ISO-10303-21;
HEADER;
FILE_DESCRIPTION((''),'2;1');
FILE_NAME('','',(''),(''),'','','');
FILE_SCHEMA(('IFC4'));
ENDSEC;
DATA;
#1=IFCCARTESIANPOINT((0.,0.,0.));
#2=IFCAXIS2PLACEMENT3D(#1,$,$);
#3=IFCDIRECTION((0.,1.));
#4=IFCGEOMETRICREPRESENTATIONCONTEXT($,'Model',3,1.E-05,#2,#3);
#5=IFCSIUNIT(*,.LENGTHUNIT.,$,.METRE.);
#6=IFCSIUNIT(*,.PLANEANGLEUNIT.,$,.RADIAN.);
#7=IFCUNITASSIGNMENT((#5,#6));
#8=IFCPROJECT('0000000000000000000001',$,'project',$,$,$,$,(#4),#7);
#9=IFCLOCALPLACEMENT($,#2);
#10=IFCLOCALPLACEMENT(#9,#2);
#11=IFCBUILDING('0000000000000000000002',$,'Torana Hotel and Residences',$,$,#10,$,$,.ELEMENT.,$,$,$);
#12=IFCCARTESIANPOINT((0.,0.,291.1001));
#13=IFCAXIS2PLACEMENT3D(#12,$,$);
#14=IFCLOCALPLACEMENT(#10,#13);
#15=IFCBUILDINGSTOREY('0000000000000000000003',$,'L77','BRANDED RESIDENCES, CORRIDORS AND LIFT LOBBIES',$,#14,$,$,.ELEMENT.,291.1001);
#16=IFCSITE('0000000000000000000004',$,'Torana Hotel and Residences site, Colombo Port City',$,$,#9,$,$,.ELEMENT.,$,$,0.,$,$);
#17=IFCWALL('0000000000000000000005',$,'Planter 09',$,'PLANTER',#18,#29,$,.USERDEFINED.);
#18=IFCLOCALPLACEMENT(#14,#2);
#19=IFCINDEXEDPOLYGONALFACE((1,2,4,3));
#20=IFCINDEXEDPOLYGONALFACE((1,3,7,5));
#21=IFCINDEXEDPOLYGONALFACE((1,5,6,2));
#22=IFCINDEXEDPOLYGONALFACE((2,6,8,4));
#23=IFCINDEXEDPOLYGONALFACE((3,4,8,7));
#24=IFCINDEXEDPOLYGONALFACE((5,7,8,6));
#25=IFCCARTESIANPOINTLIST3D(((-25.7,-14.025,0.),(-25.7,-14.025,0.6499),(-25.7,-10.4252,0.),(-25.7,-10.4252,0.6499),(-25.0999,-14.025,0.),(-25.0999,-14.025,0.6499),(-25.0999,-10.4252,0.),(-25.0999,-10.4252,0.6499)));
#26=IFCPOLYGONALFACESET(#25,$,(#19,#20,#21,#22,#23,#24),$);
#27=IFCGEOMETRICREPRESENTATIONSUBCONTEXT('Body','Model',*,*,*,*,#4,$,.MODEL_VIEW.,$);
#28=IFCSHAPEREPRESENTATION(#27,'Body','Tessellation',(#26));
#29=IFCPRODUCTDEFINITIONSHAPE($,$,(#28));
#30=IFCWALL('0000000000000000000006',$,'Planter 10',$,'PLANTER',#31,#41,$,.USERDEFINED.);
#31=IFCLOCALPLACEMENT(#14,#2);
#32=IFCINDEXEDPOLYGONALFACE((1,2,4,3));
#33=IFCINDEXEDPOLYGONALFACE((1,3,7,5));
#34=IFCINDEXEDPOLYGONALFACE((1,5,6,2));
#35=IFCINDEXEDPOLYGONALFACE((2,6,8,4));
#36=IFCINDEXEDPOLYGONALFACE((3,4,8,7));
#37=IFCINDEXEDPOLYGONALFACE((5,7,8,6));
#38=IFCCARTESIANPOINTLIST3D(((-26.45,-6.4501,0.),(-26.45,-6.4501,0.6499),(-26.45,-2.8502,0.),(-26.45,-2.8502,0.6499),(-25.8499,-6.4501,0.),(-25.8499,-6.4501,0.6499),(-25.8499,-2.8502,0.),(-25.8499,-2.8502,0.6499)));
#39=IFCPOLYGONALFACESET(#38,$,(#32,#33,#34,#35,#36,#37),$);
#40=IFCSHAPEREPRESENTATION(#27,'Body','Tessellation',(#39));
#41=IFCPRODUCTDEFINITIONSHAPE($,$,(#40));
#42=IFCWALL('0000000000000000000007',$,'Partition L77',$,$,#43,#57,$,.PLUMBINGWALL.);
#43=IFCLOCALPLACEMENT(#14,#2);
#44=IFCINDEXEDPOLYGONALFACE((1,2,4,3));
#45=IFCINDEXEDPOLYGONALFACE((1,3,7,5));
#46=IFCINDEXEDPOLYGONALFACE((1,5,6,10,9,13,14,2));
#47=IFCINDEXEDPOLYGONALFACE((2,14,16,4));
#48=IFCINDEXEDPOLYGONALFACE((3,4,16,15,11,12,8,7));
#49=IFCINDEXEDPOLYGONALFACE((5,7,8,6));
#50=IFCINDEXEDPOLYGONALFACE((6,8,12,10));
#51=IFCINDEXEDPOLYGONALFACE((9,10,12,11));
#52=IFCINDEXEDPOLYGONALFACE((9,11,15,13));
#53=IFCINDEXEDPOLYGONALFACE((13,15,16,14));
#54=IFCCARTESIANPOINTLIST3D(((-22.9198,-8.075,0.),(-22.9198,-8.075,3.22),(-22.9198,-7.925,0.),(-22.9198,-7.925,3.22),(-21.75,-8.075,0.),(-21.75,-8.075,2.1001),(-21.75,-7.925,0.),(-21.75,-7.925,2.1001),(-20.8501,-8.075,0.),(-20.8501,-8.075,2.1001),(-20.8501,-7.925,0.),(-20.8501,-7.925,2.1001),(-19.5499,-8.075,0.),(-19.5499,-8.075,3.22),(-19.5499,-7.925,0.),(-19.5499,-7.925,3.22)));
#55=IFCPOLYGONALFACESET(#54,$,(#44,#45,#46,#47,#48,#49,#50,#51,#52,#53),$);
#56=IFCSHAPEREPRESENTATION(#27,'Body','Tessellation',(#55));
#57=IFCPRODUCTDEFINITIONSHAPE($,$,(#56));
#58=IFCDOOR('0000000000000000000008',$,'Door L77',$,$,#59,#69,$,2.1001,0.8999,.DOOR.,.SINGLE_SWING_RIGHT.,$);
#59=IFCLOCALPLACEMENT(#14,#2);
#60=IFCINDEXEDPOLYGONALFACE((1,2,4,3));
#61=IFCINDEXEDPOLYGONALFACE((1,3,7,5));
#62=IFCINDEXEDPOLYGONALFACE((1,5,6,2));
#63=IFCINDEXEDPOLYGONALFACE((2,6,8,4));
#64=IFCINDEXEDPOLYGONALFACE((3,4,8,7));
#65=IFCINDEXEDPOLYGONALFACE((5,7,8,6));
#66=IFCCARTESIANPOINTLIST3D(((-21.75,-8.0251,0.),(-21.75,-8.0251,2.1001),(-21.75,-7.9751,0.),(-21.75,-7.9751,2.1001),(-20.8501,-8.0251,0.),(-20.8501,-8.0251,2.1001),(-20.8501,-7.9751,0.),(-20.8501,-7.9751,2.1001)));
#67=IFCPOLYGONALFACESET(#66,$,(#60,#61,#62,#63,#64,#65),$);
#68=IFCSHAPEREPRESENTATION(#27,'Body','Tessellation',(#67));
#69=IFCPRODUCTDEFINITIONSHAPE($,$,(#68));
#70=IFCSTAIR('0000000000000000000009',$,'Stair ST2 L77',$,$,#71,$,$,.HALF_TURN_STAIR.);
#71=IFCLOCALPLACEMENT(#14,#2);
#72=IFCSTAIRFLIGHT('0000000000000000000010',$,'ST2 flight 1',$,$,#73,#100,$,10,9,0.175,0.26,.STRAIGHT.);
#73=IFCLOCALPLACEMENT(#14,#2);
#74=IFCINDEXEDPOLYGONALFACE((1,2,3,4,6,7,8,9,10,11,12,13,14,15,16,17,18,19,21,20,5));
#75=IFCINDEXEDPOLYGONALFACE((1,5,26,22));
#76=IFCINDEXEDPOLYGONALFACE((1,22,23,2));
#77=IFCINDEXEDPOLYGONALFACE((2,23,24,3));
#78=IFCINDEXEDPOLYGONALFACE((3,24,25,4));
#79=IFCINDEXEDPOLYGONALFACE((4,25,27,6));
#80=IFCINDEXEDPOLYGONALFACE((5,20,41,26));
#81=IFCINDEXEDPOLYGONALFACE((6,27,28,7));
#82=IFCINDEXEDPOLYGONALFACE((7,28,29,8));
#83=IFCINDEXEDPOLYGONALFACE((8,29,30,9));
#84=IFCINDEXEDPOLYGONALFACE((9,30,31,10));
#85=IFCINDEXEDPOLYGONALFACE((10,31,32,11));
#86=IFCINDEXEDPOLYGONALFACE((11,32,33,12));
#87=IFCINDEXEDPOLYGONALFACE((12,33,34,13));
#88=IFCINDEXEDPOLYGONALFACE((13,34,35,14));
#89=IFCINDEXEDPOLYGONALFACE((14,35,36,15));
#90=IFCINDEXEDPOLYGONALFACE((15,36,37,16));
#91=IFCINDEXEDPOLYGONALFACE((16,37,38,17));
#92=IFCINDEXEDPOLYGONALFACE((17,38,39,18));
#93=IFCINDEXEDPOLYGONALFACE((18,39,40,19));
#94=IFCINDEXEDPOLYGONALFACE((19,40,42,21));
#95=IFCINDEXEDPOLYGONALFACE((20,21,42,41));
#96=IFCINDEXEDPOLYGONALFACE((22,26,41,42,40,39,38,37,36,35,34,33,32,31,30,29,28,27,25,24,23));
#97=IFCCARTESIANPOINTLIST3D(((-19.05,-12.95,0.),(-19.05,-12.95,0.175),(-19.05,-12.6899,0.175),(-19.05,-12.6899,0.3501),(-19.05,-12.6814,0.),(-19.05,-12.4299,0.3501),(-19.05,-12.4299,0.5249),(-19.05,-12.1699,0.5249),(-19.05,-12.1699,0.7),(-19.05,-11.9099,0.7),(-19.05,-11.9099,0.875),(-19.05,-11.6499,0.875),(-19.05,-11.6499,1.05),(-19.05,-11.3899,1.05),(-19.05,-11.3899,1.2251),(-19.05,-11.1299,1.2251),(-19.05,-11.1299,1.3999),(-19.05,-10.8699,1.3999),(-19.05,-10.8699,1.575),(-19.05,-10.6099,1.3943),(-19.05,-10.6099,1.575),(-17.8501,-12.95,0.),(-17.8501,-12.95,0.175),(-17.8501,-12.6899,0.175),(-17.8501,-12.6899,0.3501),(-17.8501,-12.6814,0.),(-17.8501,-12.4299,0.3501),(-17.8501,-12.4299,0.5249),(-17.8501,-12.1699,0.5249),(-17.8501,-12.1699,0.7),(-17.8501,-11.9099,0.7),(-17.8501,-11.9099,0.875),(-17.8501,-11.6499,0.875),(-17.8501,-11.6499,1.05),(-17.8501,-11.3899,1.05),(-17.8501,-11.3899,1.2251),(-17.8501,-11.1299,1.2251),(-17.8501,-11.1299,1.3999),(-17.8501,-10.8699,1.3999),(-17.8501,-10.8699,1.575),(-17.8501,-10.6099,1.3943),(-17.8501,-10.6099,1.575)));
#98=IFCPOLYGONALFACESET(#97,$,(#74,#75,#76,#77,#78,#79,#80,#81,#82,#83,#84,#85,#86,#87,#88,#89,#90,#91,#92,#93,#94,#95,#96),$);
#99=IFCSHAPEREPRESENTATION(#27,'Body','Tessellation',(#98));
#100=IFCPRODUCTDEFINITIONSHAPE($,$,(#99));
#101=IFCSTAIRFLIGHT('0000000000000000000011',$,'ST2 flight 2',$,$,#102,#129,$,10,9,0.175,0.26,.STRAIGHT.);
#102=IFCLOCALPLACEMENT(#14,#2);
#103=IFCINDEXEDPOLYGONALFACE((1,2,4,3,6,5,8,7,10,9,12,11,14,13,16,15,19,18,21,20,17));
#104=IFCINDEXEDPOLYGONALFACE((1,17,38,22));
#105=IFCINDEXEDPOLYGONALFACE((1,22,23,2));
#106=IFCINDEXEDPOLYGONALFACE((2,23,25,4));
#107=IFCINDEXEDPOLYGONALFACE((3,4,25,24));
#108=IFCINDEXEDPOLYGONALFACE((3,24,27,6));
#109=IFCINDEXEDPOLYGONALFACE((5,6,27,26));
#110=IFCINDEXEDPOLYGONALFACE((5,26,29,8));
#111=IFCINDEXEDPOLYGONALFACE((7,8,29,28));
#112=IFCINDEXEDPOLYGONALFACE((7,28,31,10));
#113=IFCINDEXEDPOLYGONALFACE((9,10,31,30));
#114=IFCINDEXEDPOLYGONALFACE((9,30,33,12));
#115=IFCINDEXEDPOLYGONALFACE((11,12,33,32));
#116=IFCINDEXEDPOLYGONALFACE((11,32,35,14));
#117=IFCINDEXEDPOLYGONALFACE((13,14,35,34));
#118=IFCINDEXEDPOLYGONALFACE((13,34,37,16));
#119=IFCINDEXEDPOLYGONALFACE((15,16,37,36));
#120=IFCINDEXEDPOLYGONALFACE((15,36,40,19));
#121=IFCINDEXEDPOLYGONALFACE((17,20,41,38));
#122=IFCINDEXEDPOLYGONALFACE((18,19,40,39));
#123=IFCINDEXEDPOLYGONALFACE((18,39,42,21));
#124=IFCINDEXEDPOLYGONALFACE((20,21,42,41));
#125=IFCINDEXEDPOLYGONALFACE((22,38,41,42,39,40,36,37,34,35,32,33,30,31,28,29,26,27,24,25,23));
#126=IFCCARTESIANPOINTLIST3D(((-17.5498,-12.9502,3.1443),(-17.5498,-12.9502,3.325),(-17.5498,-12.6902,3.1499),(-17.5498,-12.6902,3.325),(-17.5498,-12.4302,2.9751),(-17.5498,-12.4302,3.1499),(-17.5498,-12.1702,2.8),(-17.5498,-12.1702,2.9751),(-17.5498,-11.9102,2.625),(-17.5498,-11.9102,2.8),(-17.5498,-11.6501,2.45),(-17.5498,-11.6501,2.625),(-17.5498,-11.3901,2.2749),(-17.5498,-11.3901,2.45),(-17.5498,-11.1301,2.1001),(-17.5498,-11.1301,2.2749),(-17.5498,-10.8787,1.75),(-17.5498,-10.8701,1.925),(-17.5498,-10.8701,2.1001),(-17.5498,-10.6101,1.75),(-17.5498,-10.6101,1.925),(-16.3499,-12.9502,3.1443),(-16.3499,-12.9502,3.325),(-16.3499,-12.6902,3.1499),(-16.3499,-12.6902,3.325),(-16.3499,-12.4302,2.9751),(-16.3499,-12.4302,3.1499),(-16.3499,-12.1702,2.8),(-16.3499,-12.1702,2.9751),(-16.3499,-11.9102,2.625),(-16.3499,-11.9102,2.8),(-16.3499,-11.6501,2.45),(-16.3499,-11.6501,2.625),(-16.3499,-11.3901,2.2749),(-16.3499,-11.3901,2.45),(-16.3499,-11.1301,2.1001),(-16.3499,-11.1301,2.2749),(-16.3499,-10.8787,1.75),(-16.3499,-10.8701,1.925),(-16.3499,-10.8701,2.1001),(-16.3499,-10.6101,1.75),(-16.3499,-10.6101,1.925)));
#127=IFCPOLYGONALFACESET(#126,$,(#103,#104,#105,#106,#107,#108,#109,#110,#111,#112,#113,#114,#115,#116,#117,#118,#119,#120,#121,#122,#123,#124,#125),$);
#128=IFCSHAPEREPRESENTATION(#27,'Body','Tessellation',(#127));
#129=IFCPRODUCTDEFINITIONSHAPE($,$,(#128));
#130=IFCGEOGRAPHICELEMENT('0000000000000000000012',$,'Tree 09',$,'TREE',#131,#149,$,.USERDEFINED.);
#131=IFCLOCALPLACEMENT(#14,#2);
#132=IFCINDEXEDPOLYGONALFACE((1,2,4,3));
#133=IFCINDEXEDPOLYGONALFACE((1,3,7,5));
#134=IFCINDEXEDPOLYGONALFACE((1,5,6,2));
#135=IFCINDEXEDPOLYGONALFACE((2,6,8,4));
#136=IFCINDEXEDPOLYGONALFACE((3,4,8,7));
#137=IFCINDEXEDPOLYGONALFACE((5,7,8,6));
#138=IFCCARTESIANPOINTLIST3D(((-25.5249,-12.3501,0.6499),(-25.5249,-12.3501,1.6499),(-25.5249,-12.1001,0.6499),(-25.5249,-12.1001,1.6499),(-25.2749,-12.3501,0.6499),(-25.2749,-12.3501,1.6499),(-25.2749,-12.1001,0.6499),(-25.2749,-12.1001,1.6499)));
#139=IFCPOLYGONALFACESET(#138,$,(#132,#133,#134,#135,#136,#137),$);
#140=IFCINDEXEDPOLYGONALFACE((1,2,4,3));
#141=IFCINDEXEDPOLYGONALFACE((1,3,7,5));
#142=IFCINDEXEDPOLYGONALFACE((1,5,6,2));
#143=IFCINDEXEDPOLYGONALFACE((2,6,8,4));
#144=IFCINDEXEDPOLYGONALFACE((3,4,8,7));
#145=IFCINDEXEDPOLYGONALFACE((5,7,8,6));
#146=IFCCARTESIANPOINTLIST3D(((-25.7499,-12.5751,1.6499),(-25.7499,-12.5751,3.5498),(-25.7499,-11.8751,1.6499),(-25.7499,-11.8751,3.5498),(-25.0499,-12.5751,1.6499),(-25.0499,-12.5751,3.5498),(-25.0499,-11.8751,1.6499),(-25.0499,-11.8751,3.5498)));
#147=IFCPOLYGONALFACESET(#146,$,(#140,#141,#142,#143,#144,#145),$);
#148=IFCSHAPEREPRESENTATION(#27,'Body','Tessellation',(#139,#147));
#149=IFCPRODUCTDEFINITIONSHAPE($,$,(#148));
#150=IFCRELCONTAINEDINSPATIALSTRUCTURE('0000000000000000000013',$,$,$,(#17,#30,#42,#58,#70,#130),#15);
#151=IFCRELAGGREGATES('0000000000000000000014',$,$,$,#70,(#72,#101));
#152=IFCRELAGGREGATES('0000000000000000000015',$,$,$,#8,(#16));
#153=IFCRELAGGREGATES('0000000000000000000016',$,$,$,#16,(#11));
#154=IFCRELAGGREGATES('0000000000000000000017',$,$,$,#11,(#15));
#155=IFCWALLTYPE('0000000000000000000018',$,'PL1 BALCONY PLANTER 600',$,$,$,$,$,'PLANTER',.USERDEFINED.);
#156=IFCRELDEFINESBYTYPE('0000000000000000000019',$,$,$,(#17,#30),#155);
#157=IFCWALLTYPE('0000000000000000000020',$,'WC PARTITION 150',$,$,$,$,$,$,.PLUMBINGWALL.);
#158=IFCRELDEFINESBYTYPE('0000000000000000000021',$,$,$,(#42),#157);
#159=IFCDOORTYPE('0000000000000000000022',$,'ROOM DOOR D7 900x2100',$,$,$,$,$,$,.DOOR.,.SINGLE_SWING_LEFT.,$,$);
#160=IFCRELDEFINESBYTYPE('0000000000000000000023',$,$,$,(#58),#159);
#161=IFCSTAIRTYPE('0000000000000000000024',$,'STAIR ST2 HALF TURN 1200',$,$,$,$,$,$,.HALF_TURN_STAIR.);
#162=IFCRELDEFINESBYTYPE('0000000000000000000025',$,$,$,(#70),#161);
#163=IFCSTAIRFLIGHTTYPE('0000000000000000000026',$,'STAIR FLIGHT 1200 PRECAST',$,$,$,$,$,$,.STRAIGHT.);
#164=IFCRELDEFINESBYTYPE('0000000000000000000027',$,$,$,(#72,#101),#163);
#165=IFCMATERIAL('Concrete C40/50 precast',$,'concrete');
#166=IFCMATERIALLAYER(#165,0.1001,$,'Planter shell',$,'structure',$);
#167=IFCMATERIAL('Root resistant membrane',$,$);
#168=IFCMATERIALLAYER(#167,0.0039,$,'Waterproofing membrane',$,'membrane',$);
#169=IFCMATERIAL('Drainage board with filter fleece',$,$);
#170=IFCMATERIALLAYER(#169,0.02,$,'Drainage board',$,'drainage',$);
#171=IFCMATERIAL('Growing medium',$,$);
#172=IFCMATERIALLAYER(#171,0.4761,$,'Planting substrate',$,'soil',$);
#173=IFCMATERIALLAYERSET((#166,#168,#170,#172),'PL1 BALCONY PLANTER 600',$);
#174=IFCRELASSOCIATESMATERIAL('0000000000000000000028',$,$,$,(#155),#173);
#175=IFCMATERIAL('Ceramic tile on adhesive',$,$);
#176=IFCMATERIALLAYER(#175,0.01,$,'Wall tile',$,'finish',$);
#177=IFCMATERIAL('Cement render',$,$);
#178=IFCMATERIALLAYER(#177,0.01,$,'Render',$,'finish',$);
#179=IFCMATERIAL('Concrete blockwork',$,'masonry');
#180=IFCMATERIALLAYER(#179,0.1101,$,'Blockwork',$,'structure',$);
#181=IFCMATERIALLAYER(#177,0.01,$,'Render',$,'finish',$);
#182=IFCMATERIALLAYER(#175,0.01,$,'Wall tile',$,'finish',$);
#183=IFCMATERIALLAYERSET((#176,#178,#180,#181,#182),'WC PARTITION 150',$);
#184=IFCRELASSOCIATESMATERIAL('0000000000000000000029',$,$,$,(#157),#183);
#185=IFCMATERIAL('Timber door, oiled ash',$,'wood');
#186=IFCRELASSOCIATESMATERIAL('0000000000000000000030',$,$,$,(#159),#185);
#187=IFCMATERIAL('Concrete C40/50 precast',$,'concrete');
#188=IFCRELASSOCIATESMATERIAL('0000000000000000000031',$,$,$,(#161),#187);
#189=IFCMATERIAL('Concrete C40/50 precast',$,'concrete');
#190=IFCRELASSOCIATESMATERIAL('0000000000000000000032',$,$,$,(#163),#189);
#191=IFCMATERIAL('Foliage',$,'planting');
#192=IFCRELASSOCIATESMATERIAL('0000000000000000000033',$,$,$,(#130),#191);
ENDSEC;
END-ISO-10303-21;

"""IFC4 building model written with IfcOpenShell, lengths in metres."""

from ifc_helpers import new_model, si_unit, direction, frame, frame_2d, origin, origin_2d, place, context, subcontext, project, spatial, polyline, rectangle, outline, extrude, material, layer, layer_set, type_object, element, fill, aggregate, save


model = new_model("IFC4")

# Units and contexts
model_context = context("Model", 3, precision=1e-05, world=origin(), true_north=direction((0.0, 1.0)))
body_context = subcontext(model_context, "Body", "Model", "MODEL_VIEW")
ifc_project = project(units=[si_unit("LENGTHUNIT", "METRE"), si_unit("PLANEANGLEUNIT", "RADIAN")], contexts=[model_context])

# Site, building, storey
site_placement = place(None, origin())
site = spatial("IfcSite", under=ifc_project, at=site_placement, Name="Torana Hotel and Residences site, Colombo Port City", CompositionType="ELEMENT", RefElevation=0.0)
building_placement = place(site_placement, origin())
building = spatial("IfcBuilding", under=site, at=building_placement, Name="Torana Hotel and Residences", CompositionType="ELEMENT")
storey_placement = place(building_placement, frame((0.0, 0.0, 291.1001)))
storey = spatial("IfcBuildingStorey", under=building, at=storey_placement, Name="L77", Description="BRANDED RESIDENCES, CORRIDORS AND LIFT LOBBIES", CompositionType="ELEMENT", Elevation=291.1001)

# Walls
ifc_material_1 = material(Name="Concrete C40/50 precast", Category="concrete")
ifc_layer_1 = layer(ifc_material_1, 0.1001, Name="Planter shell", Category="structure")
ifc_material_2 = material(Name="Root resistant membrane")
ifc_layer_2 = layer(ifc_material_2, 0.0039, Name="Waterproofing membrane", Category="membrane")
ifc_material_3 = material(Name="Drainage board with filter fleece")
ifc_layer_3 = layer(ifc_material_3, 0.02, Name="Drainage board", Category="drainage")
ifc_material_4 = material(Name="Growing medium")
ifc_layer_4 = layer(ifc_material_4, 0.4761, Name="Planting substrate", Category="soil")
ifc_layer_set_1 = layer_set([ifc_layer_1, ifc_layer_2, ifc_layer_3, ifc_layer_4], Name="PL1 BALCONY PLANTER 600")
wall_type_1 = type_object("IfcWallType", Name="PL1 BALCONY PLANTER 600", ElementType="PLANTER", PredefinedType="USERDEFINED", material=ifc_layer_set_1)
for number, where, z_axis, x_axis, name in (
    (1, (-25.3999, -14.0249, 0.0), (0.0, 0.0, 1.0), (0.0, 1.0, 0.0), "Planter 09"),
    (2, (-26.1499, -6.45, 0.0), (0.0, 0.0, 1.0), (0.0, 1.0, 0.0), "Planter 10"),
):
    element("IfcWall", number, at=place(storey_placement, frame(where, z_axis=z_axis, x_axis=x_axis)), inside=storey, type_object=wall_type_1, Name=name, ObjectType="PLANTER", PredefinedType="USERDEFINED", context=body_context, shape_type="SweptSolid", body=[
        extrude(rectangle(XDim=3.5999, YDim=0.6001, at=frame_2d((1.7998, 0.0))), origin(), (0.0, 0.0, 1.0), 0.6499),
    ])

# Wall, opening, door
ifc_material_5 = material(Name="Ceramic tile on adhesive")
ifc_layer_5 = layer(ifc_material_5, 0.01, Name="Wall tile", Category="finish")
ifc_material_6 = material(Name="Cement render")
ifc_layer_6 = layer(ifc_material_6, 0.01, Name="Render", Category="finish")
ifc_material_7 = material(Name="Concrete blockwork", Category="masonry")
ifc_layer_7 = layer(ifc_material_7, 0.1101, Name="Blockwork", Category="structure")
ifc_layer_8 = layer(ifc_material_6, 0.01, Name="Render", Category="finish")
ifc_layer_9 = layer(ifc_material_5, 0.01, Name="Wall tile", Category="finish")
ifc_layer_set_2 = layer_set([ifc_layer_5, ifc_layer_6, ifc_layer_7, ifc_layer_8, ifc_layer_9], Name="WC PARTITION 150")
wall_type_2 = type_object("IfcWallType", Name="WC PARTITION 150", PredefinedType="PLUMBINGWALL", material=ifc_layer_set_2)
wall_1_placement = place(storey_placement, frame((-22.9199, -8.0, 0.0), z_axis=(0.0, 0.0, 1.0), x_axis=(1.0, 0.0, 0.0)))
wall_1 = element("IfcWall", 3, at=wall_1_placement, inside=storey, type_object=wall_type_2, Name="Partition L77", PredefinedType="PLUMBINGWALL", context=body_context, shape_type="SweptSolid", body=[
    extrude(rectangle(XDim=3.3699, YDim=0.1499, at=frame_2d((1.6851, 0.0))), origin(), (0.0, 0.0, 1.0), 3.22),
])
opening_1_placement = place(wall_1_placement, frame((1.1699, 0.0, 0.0)))
opening_1 = element("IfcOpeningElement", 4, at=opening_1_placement, cuts=wall_1, PredefinedType="OPENING", context=body_context, shape_type="SweptSolid", body=[
    extrude(rectangle(XDim=0.8999, YDim=2.1001, at=frame_2d((0.45, 1.05))), frame((0.0, 0.085, 0.0), z_axis=(0.0, -1.0, 0.0), x_axis=(1.0, 0.0, 0.0)), (0.0, 0.0, 1.0), 0.1699),
])
ifc_material_8 = material(Name="Timber door, oiled ash", Category="wood")
door_type_1 = type_object("IfcDoorType", Name="ROOM DOOR D7 900x2100", OperationType="SINGLE_SWING_LEFT", PredefinedType="DOOR", material=ifc_material_8)
door_1_placement = place(opening_1_placement, origin())
door_1 = element("IfcDoor", 5, at=door_1_placement, inside=storey, type_object=door_type_1, Name="Door L77", OperationType="SINGLE_SWING_RIGHT", OverallHeight=2.1001, OverallWidth=0.8999, PredefinedType="DOOR", context=body_context, shape_type="SweptSolid", body=[
    extrude(rectangle(XDim=0.8999, YDim=2.1001, at=frame_2d((0.45, 1.05))), frame((0.0, 0.0249, 0.0), z_axis=(0.0, -1.0, 0.0), x_axis=(1.0, 0.0, 0.0)), (0.0, 0.0, 1.0), 0.05),
])
fill(opening_1, door_1)

# Stair, stair flights
ifc_material_9 = material(Name="Concrete C40/50 precast", Category="concrete")
stair_type = type_object("IfcStairType", Name="STAIR ST2 HALF TURN 1200", PredefinedType="HALF_TURN_STAIR", material=ifc_material_9)
stair_placement = place(storey_placement, origin())
stair = element("IfcStair", 6, at=stair_placement, inside=storey, type_object=stair_type, Name="Stair ST2 L77", PredefinedType="HALF_TURN_STAIR")
ifc_material_10 = material(Name="Concrete C40/50 precast", Category="concrete")
stair_flight_type = type_object("IfcStairFlightType", Name="STAIR FLIGHT 1200 PRECAST", PredefinedType="STRAIGHT", material=ifc_material_10)
stair_flight_1_placement = place(storey_placement, frame((-18.45, -12.95, 0.0), z_axis=(0.0, 0.0, 1.0), x_axis=(0.0, 1.0, 0.0)))
stair_flight_1 = element("IfcStairFlight", 7, at=stair_flight_1_placement, type_object=stair_flight_type, Name="ST2 flight 1", NumberOfRisers=10, NumberOfTreads=9, PredefinedType="STRAIGHT", RiserHeight=0.175, TreadLength=0.26, context=body_context, shape_type="SweptSolid", body=[
    extrude(outline(polyline([(0.0, 0.0), (0.0, 0.175), (0.26, 0.175), (0.26, 0.3501), (0.52, 0.3501), (0.52, 0.5249), (0.78, 0.5249), (0.78, 0.7), (1.04, 0.7), (1.04, 0.875), (1.3, 0.875), (1.3, 1.05), (1.5601, 1.05), (1.5601, 1.2251), (1.8201, 1.2251), (1.8201, 1.3999), (2.0801, 1.3999), (2.0801, 1.575), (2.3401, 1.575), (2.3401, 1.75), (2.3401, 1.3943), (0.2686, 0.0), (0.0, 0.0)])), frame((0.0, 0.6001, 0.0), z_axis=(0.0, -1.0, 0.0), x_axis=(1.0, 0.0, 0.0)), (0.0, 0.0, 1.0), 1.2),
])
stair_flight_2_placement = place(storey_placement, frame((-16.95, -10.6101, 1.75), z_axis=(0.0, 0.0, 1.0), x_axis=(0.0, -1.0, 0.0)))
stair_flight_2 = element("IfcStairFlight", 8, at=stair_flight_2_placement, type_object=stair_flight_type, Name="ST2 flight 2", NumberOfRisers=10, NumberOfTreads=9, PredefinedType="STRAIGHT", RiserHeight=0.175, TreadLength=0.26, context=body_context, shape_type="SweptSolid", body=[
    extrude(outline(polyline([(0.0, 0.0), (0.0, 0.175), (0.26, 0.175), (0.26, 0.3501), (0.52, 0.3501), (0.52, 0.5249), (0.78, 0.5249), (0.78, 0.7), (1.04, 0.7), (1.04, 0.875), (1.3, 0.875), (1.3, 1.05), (1.5601, 1.05), (1.5601, 1.2251), (1.8201, 1.2251), (1.8201, 1.3999), (2.0801, 1.3999), (2.0801, 1.575), (2.3401, 1.575), (2.3401, 1.75), (2.3401, 1.3943), (0.2686, 0.0), (0.0, 0.0)])), frame((0.0, 0.6001, 0.0), z_axis=(0.0, -1.0, 0.0), x_axis=(1.0, 0.0, 0.0)), (0.0, 0.0, 1.0), 1.2),
])
aggregate(stair, [stair_flight_1, stair_flight_2])

# Geographic element
ifc_material_11 = material(Name="Foliage", Category="planting")
geographic_element_placement = place(storey_placement, frame((-25.3999, -12.2251, 0.6499), z_axis=(0.0, 0.0, 1.0), x_axis=(1.0, 0.0, 0.0)))
element("IfcGeographicElement", 9, at=geographic_element_placement, inside=storey, material=ifc_material_11, Name="Tree 09", ObjectType="TREE", PredefinedType="USERDEFINED", context=body_context, shape_type="SweptSolid", body=[
    extrude(rectangle(XDim=0.25, YDim=0.25, at=origin_2d()), origin(), (0.0, 0.0, 1.0), 1.0),
    extrude(rectangle(XDim=0.7, YDim=0.7, at=origin_2d()), frame((0.0, 0.0, 1.0)), (0.0, 0.0, 1.0), 1.8999),
])

save(model, "model.ifc")
